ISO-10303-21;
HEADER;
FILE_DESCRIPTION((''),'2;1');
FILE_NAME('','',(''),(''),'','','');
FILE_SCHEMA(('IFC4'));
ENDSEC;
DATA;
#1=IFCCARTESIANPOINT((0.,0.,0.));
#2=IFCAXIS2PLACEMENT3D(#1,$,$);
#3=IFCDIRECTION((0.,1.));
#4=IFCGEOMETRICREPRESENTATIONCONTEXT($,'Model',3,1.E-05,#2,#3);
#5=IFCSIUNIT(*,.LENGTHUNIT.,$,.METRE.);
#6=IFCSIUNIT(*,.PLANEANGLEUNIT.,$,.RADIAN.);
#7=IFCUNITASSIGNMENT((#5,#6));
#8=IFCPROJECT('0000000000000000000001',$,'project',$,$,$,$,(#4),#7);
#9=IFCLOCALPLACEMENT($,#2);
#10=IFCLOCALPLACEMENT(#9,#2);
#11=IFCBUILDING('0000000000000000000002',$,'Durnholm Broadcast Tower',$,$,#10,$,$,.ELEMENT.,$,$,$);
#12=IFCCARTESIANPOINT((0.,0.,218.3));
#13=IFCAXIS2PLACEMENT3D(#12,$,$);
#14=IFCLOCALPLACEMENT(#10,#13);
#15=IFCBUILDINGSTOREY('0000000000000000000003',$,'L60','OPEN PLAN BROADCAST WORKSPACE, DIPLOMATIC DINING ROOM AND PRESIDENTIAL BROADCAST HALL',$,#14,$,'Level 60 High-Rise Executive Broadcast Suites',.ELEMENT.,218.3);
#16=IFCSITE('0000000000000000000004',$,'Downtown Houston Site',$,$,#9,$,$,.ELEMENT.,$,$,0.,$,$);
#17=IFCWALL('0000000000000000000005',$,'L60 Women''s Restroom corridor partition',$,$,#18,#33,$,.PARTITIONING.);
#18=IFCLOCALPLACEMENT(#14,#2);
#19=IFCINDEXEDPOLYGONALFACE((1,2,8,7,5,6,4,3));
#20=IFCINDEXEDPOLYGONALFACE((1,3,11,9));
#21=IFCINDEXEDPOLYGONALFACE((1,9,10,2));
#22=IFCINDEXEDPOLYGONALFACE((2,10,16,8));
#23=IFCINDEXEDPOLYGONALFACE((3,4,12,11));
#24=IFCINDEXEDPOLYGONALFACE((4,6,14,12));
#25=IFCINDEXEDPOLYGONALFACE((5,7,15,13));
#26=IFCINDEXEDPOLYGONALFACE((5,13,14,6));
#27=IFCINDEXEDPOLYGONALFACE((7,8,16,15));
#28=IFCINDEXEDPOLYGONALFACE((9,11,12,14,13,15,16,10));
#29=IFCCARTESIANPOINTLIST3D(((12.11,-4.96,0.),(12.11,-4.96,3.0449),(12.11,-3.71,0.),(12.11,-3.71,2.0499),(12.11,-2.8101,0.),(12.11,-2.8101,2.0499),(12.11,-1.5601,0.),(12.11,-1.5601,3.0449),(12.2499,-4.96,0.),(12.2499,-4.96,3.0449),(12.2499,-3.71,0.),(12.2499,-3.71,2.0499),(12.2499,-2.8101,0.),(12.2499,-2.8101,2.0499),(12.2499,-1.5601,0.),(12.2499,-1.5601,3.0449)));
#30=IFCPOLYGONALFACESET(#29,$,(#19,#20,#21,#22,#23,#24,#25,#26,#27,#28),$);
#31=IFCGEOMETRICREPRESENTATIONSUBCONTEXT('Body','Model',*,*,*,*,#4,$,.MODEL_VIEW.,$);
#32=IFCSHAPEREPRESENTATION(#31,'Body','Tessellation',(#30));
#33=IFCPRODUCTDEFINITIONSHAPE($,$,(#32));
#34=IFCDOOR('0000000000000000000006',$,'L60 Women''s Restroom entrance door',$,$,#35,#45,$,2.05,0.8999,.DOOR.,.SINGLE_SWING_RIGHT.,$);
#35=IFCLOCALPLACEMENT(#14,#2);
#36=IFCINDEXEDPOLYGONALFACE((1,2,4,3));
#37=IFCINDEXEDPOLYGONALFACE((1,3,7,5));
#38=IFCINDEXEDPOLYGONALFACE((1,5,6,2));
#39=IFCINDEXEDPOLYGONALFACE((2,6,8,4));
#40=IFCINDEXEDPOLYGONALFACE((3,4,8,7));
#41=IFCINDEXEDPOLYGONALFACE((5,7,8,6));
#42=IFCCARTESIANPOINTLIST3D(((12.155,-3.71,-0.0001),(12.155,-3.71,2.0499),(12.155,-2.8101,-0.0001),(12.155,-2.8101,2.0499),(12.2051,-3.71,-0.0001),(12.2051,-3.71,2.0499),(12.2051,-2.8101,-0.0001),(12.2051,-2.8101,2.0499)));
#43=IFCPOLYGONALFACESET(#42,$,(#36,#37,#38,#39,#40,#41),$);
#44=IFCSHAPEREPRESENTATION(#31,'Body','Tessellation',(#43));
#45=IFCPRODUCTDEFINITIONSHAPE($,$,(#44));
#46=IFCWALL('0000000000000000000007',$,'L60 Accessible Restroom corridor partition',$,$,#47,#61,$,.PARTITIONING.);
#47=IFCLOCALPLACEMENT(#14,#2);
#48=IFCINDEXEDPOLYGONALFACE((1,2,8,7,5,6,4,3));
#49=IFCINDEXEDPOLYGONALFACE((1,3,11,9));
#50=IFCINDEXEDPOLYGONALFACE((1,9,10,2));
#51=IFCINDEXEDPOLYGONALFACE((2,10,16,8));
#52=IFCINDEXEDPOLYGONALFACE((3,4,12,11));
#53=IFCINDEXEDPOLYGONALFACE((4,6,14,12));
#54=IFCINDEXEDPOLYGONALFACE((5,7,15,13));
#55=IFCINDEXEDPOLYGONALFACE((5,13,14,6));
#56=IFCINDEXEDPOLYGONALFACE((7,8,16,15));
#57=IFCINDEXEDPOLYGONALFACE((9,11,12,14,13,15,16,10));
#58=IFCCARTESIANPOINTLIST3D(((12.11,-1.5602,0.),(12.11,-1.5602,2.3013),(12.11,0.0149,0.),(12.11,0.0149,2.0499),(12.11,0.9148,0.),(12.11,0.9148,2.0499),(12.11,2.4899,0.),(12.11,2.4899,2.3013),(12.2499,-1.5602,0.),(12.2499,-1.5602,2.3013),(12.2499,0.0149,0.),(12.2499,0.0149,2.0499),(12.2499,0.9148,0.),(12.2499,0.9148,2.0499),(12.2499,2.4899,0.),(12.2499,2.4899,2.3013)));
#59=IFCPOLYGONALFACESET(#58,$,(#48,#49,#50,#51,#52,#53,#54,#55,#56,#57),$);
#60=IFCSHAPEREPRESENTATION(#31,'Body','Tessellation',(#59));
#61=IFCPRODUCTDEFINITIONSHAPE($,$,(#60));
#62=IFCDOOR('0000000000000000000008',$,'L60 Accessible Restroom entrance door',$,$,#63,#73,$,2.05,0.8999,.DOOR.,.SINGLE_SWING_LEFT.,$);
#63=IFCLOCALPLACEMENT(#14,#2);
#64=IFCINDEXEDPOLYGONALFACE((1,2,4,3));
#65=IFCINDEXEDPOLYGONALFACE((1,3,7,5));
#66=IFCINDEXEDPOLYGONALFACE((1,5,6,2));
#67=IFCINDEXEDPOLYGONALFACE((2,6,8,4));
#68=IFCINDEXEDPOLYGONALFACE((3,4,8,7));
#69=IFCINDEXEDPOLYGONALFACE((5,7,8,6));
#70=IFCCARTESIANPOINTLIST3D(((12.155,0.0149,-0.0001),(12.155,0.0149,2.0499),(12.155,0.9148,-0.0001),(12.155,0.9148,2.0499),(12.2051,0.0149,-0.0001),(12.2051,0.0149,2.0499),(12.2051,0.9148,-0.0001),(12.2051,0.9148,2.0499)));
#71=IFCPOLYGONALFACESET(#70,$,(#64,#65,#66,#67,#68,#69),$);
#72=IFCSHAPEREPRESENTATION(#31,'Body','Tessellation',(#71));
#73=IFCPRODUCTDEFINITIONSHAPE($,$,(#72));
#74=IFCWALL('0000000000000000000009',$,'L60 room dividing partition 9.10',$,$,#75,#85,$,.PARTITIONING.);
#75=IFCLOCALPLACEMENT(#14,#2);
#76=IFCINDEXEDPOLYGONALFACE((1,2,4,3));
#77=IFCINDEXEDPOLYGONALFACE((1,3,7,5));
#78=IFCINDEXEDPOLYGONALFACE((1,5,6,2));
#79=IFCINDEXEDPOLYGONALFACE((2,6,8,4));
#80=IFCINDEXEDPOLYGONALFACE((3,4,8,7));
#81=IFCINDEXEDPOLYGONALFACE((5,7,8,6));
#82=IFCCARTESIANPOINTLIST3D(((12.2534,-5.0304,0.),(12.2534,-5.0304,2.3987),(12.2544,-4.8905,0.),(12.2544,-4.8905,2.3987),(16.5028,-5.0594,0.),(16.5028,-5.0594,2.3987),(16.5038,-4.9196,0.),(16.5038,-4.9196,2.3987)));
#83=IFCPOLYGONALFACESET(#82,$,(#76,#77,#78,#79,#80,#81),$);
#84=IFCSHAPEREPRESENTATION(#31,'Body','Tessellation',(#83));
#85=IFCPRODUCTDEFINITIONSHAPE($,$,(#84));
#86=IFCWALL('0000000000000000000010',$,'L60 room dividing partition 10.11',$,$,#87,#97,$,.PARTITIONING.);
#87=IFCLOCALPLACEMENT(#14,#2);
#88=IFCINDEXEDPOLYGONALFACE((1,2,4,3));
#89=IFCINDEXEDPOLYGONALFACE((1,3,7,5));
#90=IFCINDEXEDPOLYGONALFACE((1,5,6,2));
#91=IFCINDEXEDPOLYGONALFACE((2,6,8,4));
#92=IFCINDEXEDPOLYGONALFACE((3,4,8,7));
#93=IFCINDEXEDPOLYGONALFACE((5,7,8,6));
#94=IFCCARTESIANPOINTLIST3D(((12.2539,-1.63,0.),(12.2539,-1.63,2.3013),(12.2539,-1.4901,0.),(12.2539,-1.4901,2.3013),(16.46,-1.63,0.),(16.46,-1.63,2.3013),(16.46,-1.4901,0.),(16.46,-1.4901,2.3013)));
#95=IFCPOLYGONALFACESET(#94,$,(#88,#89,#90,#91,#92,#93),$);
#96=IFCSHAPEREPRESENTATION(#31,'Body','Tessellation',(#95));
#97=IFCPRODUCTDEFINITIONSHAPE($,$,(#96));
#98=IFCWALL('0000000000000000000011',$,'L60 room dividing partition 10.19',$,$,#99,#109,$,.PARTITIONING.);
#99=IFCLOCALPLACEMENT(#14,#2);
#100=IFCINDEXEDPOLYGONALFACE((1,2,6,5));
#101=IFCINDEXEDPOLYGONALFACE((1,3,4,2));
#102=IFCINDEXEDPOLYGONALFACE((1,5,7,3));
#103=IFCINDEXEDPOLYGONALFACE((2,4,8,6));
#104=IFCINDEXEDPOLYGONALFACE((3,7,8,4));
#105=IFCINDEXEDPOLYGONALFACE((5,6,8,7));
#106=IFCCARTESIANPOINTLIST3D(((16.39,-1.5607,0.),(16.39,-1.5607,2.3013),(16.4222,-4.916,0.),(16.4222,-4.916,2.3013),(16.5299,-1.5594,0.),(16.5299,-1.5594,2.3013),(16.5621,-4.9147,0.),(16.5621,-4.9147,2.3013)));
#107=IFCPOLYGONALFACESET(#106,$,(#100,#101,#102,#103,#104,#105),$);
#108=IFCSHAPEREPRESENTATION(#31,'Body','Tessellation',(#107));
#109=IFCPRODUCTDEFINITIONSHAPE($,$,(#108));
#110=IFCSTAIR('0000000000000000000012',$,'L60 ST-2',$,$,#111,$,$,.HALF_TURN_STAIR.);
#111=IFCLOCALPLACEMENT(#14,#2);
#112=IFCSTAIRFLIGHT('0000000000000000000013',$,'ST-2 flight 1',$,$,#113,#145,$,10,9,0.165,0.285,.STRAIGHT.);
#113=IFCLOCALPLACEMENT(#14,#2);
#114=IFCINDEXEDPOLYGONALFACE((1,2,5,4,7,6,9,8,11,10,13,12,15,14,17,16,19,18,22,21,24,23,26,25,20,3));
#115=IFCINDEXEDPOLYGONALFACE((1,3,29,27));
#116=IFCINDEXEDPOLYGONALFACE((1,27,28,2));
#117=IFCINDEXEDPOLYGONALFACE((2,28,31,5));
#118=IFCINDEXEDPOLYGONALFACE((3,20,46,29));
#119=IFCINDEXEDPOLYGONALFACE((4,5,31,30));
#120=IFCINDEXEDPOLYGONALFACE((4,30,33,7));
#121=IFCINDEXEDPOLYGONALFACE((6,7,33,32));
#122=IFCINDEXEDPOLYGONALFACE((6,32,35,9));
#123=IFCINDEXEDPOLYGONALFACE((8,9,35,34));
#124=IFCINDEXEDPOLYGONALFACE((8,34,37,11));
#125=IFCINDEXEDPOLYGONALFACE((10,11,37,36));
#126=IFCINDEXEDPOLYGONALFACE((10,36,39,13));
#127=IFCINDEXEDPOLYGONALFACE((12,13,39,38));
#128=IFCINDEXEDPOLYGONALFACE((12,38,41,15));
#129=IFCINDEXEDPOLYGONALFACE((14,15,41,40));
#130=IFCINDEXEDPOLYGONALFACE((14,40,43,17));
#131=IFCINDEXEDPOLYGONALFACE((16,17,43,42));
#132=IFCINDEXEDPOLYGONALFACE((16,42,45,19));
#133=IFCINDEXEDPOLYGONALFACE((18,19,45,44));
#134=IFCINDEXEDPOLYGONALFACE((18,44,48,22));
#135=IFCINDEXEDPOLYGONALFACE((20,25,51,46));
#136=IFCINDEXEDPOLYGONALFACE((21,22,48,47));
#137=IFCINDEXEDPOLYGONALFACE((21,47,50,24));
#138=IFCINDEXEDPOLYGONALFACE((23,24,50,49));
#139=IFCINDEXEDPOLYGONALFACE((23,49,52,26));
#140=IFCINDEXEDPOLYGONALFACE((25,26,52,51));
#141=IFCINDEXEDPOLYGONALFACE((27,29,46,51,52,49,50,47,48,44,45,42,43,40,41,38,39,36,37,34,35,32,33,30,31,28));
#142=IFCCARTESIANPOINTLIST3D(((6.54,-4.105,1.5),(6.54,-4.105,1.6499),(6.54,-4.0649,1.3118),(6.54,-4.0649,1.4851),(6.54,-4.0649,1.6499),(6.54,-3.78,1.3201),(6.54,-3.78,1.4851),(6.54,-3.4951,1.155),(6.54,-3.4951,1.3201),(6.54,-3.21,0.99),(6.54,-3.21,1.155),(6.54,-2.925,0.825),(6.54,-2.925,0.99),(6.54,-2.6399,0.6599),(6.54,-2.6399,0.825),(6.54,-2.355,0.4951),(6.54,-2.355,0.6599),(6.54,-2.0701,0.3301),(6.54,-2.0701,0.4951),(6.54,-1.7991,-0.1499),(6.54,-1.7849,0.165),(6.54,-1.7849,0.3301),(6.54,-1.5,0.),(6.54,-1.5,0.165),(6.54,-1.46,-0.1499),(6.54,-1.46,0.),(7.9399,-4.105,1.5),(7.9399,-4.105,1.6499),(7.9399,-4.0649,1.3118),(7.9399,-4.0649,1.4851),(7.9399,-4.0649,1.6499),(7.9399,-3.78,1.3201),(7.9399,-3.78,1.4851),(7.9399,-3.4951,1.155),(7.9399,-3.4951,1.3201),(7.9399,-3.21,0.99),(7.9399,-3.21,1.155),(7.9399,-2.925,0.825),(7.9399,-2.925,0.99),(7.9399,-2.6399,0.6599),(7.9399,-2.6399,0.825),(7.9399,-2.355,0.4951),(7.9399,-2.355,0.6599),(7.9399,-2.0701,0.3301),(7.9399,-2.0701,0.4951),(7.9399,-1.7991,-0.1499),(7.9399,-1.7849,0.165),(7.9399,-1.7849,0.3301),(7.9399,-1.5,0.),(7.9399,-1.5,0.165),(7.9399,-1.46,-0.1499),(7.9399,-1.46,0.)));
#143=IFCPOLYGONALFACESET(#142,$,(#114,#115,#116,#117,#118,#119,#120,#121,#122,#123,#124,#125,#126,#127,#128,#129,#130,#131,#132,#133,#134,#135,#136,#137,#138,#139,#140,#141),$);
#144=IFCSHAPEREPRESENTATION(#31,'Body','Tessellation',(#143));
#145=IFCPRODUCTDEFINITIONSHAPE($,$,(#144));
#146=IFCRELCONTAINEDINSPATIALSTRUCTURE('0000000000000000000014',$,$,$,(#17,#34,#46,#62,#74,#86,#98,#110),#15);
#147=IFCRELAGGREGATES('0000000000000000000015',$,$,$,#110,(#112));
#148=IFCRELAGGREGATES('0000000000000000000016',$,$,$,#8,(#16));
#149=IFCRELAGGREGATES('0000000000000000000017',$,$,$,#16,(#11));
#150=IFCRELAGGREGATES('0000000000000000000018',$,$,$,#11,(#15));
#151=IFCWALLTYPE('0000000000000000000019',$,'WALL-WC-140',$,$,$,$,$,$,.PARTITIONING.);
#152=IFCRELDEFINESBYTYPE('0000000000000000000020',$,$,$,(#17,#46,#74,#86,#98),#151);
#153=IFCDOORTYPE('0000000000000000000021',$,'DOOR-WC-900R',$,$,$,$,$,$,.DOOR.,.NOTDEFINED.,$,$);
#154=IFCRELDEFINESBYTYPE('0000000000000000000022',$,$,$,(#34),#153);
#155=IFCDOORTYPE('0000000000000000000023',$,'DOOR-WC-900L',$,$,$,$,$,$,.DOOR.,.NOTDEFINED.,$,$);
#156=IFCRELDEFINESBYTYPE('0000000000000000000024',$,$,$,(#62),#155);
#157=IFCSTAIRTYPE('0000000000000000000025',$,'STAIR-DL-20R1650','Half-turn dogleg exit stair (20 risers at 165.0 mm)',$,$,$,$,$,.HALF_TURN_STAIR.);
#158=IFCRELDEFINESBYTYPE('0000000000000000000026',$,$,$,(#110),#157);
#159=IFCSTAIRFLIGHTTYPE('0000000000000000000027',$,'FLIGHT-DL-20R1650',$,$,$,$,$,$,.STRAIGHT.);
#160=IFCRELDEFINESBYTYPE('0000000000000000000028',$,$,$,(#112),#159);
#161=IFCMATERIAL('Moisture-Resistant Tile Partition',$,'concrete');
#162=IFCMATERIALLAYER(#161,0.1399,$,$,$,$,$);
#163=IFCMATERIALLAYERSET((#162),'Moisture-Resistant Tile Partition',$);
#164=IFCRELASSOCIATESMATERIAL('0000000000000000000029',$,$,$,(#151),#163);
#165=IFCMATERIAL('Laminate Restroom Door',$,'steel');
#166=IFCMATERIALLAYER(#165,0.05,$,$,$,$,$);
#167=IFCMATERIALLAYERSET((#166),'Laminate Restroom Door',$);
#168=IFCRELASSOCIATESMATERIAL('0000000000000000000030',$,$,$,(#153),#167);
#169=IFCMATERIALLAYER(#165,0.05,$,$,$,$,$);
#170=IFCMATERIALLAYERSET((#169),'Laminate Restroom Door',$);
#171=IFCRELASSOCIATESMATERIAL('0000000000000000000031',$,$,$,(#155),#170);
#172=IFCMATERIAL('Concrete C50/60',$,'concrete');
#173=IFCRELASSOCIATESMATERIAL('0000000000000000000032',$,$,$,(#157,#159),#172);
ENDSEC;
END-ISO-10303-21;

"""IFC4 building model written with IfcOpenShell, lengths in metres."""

from ifc_helpers import new_model, si_unit, direction, frame, frame_2d, origin, place, context, subcontext, project, spatial, polyline, rectangle, outline, extrude, source, transform, mapped, material, layer, layer_set, type_object, type_shapes, element, fill, aggregate, save


model = new_model("IFC4")

# Units and contexts
model_context = context("Model", 3, precision=1e-05, world=origin(), true_north=direction((0.0, 1.0)))
body_context = subcontext(model_context, "Body", "Model", "MODEL_VIEW")
ifc_project = project(units=[si_unit("LENGTHUNIT", "METRE"), si_unit("PLANEANGLEUNIT", "RADIAN")], contexts=[model_context])

# Site, building, storey
site_placement = place(None, origin())
site = spatial("IfcSite", under=ifc_project, at=site_placement, Name="Downtown Houston Site", CompositionType="ELEMENT", RefElevation=0.0)
building_placement = place(site_placement, origin())
building = spatial("IfcBuilding", under=site, at=building_placement, Name="Durnholm Broadcast Tower", CompositionType="ELEMENT")
storey_placement = place(building_placement, frame((0.0, 0.0, 218.3)))
storey = spatial("IfcBuildingStorey", under=building, at=storey_placement, Name="L60", Description="OPEN PLAN BROADCAST WORKSPACE, DIPLOMATIC DINING ROOM AND PRESIDENTIAL BROADCAST HALL", LongName="Level 60 High-Rise Executive Broadcast Suites", CompositionType="ELEMENT", Elevation=218.3)

# Shared definitions
ifc_material_1 = material(Name="Concrete C50/60", Category="concrete")

# Walls, openings, doors
ifc_material_2 = material(Name="Moisture-Resistant Tile Partition", Category="concrete")
ifc_layer_1 = layer(ifc_material_2, 0.1399)
ifc_layer_set_1 = layer_set([ifc_layer_1], Name="Moisture-Resistant Tile Partition")
wall_type_1 = type_object("IfcWallType", Name="WALL-WC-140", PredefinedType="PARTITIONING", material=ifc_layer_set_1)
wall_1_placement = place(storey_placement, frame((12.1799, -4.96, 0.0), z_axis=(0.0, 0.0, 1.0), x_axis=(0.0, 1.0, 0.0)))
wall_1 = element("IfcWall", 1, at=wall_1_placement, inside=storey, type_object=wall_type_1, Name="L60 Women's Restroom corridor partition", PredefinedType="PARTITIONING", context=body_context, shape_type="SweptSolid", body=[
    extrude(rectangle(XDim=3.3999, YDim=0.1399, at=frame_2d((1.7, 0.0))), origin(), (0.0, 0.0, 1.0), 3.0449),
])
opening_1_placement = place(wall_1_placement, frame((1.25, 0.0, 0.0)))
opening_1 = element("IfcOpeningElement", 2, at=opening_1_placement, cuts=wall_1, PredefinedType="OPENING", context=body_context, shape_type="SweptSolid", body=[
    extrude(rectangle(XDim=0.8999, YDim=2.05, at=frame_2d((0.45, 1.0249))), frame((0.0, 0.0801, 0.0), z_axis=(0.0, -1.0, 0.0), x_axis=(1.0, 0.0, 0.0)), (0.0, 0.0, 1.0), 0.1599),
])
ifc_material_3 = material(Name="Laminate Restroom Door", Category="steel")
ifc_layer_2 = layer(ifc_material_3, 0.05)
ifc_layer_set_2 = layer_set([ifc_layer_2], Name="Laminate Restroom Door")
door_type_1 = type_object("IfcDoorType", Name="DOOR-WC-900R", OperationType="NOTDEFINED", PredefinedType="DOOR", material=ifc_layer_set_2)
shared_shape_1 = source(origin(), body_context, "Body", "SweptSolid", [
    extrude(rectangle(XDim=0.8999, YDim=2.05, at=frame_2d((0.45, 1.0249))), frame((0.0, 0.0249, 0.0), z_axis=(0.0, -1.0, 0.0), x_axis=(1.0, 0.0, 0.0)), (0.0, 0.0, 1.0), 0.05),
])
type_shapes(door_type_1, [shared_shape_1])
door_1_placement = place(opening_1_placement, origin())
door_1 = element("IfcDoor", 3, at=door_1_placement, inside=storey, type_object=door_type_1, Name="L60 Women's Restroom entrance door", OperationType="SINGLE_SWING_RIGHT", OverallHeight=2.05, OverallWidth=0.8999, PredefinedType="DOOR", context=body_context, shape_type="MappedRepresentation", body=[
    mapped(shared_shape_1, transform((0.0, 0.0, 0.0), x_axis=(1.0, 0.0, 0.0), y_axis=(0.0, 1.0, 0.0), z_axis=(0.0, 0.0, 1.0), scale=1.0)),
])
fill(opening_1, door_1)
wall_2_placement = place(storey_placement, frame((12.1799, -1.5601, 0.0), z_axis=(0.0, 0.0, 1.0), x_axis=(0.0, 1.0, 0.0)))
wall_2 = element("IfcWall", 4, at=wall_2_placement, inside=storey, type_object=wall_type_1, Name="L60 Accessible Restroom corridor partition", PredefinedType="PARTITIONING", context=body_context, shape_type="SweptSolid", body=[
    extrude(rectangle(XDim=4.05, YDim=0.1399, at=frame_2d((2.0249, 0.0))), origin(), (0.0, 0.0, 1.0), 2.3013),
])
opening_2_placement = place(wall_2_placement, frame((1.575, 0.0, 0.0)))
opening_2 = element("IfcOpeningElement", 5, at=opening_2_placement, cuts=wall_2, PredefinedType="OPENING", context=body_context, shape_type="SweptSolid", body=[
    extrude(rectangle(XDim=0.8999, YDim=2.05, at=frame_2d((0.45, 1.0249))), frame((0.0, 0.0801, 0.0), z_axis=(0.0, -1.0, 0.0), x_axis=(1.0, 0.0, 0.0)), (0.0, 0.0, 1.0), 0.1599),
])
ifc_layer_3 = layer(ifc_material_3, 0.05)
ifc_layer_set_3 = layer_set([ifc_layer_3], Name="Laminate Restroom Door")
door_type_2 = type_object("IfcDoorType", Name="DOOR-WC-900L", OperationType="NOTDEFINED", PredefinedType="DOOR", material=ifc_layer_set_3)
shared_shape_2 = source(origin(), body_context, "Body", "SweptSolid", [
    extrude(rectangle(XDim=0.8999, YDim=2.05, at=frame_2d((0.45, 1.0249))), frame((0.0, 0.0249, 0.0), z_axis=(0.0, -1.0, 0.0), x_axis=(1.0, 0.0, 0.0)), (0.0, 0.0, 1.0), 0.05),
])
type_shapes(door_type_2, [shared_shape_2])
door_2_placement = place(opening_2_placement, origin())
door_2 = element("IfcDoor", 6, at=door_2_placement, inside=storey, type_object=door_type_2, Name="L60 Accessible Restroom entrance door", OperationType="SINGLE_SWING_LEFT", OverallHeight=2.05, OverallWidth=0.8999, PredefinedType="DOOR", context=body_context, shape_type="MappedRepresentation", body=[
    mapped(shared_shape_2, transform((0.0, 0.0, 0.0), x_axis=(1.0, 0.0, 0.0), y_axis=(0.0, 1.0, 0.0), z_axis=(0.0, 0.0, 1.0), scale=1.0)),
])
fill(opening_2, door_2)

# Walls
wall_3_placement = place(storey_placement, frame((12.2539, -4.9604, 0.0), z_axis=(0.0, 0.0, 1.0), x_axis=(0.999977, -0.006837, 0.0)))
element("IfcWall", 7, at=wall_3_placement, inside=storey, type_object=wall_type_1, Name="L60 room dividing partition 9.10", PredefinedType="PARTITIONING", context=body_context, shape_type="SweptSolid", body=[
    extrude(rectangle(XDim=4.2495, YDim=0.1399, at=frame_2d((2.1248, 0.0))), origin(), (0.0, 0.0, 1.0), 2.3987),
])
wall_4_placement = place(storey_placement, frame((12.2539, -1.5601, 0.0), z_axis=(0.0, 0.0, 1.0), x_axis=(1.0, 0.0, 0.0)))
element("IfcWall", 8, at=wall_4_placement, inside=storey, type_object=wall_type_1, Name="L60 room dividing partition 10.11", PredefinedType="PARTITIONING", context=body_context, shape_type="SweptSolid", body=[
    extrude(rectangle(XDim=4.2061, YDim=0.1399, at=frame_2d((2.103, 0.0))), origin(), (0.0, 0.0, 1.0), 2.3013),
])
wall_5_placement = place(storey_placement, frame((16.46, -1.5601, 0.0), z_axis=(0.0, 0.0, 1.0), x_axis=(0.009604, -0.999954, 0.0)))
element("IfcWall", 9, at=wall_5_placement, inside=storey, type_object=wall_type_1, Name="L60 room dividing partition 10.19", PredefinedType="PARTITIONING", context=body_context, shape_type="SweptSolid", body=[
    extrude(rectangle(XDim=3.3555, YDim=0.1399, at=frame_2d((1.6777, 0.0))), origin(), (0.0, 0.0, 1.0), 2.3013),
])

# Stair, stair flight
stair_type = type_object("IfcStairType", Name="STAIR-DL-20R1650", Description="Half-turn dogleg exit stair (20 risers at 165.0 mm)", PredefinedType="HALF_TURN_STAIR", material=ifc_material_1)
stair_placement = place(storey_placement, origin())
stair = element("IfcStair", 10, at=stair_placement, inside=storey, type_object=stair_type, Name="L60 ST-2", PredefinedType="HALF_TURN_STAIR")
stair_flight_type = type_object("IfcStairFlightType", Name="FLIGHT-DL-20R1650", PredefinedType="STRAIGHT", material=ifc_material_1)
stair_flight_1_placement = place(storey_placement, frame((7.24, -1.5, 0.0), z_axis=(0.0, 0.0, 1.0), x_axis=(0.0, -1.0, 0.0)))
stair_flight_1 = element("IfcStairFlight", 11, at=stair_flight_1_placement, type_object=stair_flight_type, Name="ST-2 flight 1", NumberOfRisers=10, NumberOfTreads=9, PredefinedType="STRAIGHT", RiserHeight=0.165, TreadLength=0.285, context=body_context, shape_type="SweptSolid", body=[
    extrude(outline(polyline([(-0.04, -0.1499), (-0.04, 0.0), (0.0, 0.0), (0.0, 0.165), (0.2849, 0.165), (0.2849, 0.3301), (0.5701, 0.3301), (0.5701, 0.4951), (0.855, 0.4951), (0.855, 0.6599), (1.1399, 0.6599), (1.1399, 0.825), (1.425, 0.825), (1.425, 0.99), (1.71, 0.99), (1.71, 1.155), (1.9951, 1.155), (1.9951, 1.3201), (2.28, 1.3201), (2.28, 1.4851), (2.5649, 1.4851), (2.5649, 1.6499), (2.605, 1.6499), (2.605, 1.5), (2.5649, 1.3118), (0.2991, -0.1499), (-0.04, -0.1499)])), frame((0.0, 0.7, 0.0), z_axis=(0.0, -1.0, 0.0), x_axis=(1.0, 0.0, 0.0)), (0.0, 0.0, 1.0), 1.3999),
])
aggregate(stair, [stair_flight_1])

save(model, "model.ifc")
